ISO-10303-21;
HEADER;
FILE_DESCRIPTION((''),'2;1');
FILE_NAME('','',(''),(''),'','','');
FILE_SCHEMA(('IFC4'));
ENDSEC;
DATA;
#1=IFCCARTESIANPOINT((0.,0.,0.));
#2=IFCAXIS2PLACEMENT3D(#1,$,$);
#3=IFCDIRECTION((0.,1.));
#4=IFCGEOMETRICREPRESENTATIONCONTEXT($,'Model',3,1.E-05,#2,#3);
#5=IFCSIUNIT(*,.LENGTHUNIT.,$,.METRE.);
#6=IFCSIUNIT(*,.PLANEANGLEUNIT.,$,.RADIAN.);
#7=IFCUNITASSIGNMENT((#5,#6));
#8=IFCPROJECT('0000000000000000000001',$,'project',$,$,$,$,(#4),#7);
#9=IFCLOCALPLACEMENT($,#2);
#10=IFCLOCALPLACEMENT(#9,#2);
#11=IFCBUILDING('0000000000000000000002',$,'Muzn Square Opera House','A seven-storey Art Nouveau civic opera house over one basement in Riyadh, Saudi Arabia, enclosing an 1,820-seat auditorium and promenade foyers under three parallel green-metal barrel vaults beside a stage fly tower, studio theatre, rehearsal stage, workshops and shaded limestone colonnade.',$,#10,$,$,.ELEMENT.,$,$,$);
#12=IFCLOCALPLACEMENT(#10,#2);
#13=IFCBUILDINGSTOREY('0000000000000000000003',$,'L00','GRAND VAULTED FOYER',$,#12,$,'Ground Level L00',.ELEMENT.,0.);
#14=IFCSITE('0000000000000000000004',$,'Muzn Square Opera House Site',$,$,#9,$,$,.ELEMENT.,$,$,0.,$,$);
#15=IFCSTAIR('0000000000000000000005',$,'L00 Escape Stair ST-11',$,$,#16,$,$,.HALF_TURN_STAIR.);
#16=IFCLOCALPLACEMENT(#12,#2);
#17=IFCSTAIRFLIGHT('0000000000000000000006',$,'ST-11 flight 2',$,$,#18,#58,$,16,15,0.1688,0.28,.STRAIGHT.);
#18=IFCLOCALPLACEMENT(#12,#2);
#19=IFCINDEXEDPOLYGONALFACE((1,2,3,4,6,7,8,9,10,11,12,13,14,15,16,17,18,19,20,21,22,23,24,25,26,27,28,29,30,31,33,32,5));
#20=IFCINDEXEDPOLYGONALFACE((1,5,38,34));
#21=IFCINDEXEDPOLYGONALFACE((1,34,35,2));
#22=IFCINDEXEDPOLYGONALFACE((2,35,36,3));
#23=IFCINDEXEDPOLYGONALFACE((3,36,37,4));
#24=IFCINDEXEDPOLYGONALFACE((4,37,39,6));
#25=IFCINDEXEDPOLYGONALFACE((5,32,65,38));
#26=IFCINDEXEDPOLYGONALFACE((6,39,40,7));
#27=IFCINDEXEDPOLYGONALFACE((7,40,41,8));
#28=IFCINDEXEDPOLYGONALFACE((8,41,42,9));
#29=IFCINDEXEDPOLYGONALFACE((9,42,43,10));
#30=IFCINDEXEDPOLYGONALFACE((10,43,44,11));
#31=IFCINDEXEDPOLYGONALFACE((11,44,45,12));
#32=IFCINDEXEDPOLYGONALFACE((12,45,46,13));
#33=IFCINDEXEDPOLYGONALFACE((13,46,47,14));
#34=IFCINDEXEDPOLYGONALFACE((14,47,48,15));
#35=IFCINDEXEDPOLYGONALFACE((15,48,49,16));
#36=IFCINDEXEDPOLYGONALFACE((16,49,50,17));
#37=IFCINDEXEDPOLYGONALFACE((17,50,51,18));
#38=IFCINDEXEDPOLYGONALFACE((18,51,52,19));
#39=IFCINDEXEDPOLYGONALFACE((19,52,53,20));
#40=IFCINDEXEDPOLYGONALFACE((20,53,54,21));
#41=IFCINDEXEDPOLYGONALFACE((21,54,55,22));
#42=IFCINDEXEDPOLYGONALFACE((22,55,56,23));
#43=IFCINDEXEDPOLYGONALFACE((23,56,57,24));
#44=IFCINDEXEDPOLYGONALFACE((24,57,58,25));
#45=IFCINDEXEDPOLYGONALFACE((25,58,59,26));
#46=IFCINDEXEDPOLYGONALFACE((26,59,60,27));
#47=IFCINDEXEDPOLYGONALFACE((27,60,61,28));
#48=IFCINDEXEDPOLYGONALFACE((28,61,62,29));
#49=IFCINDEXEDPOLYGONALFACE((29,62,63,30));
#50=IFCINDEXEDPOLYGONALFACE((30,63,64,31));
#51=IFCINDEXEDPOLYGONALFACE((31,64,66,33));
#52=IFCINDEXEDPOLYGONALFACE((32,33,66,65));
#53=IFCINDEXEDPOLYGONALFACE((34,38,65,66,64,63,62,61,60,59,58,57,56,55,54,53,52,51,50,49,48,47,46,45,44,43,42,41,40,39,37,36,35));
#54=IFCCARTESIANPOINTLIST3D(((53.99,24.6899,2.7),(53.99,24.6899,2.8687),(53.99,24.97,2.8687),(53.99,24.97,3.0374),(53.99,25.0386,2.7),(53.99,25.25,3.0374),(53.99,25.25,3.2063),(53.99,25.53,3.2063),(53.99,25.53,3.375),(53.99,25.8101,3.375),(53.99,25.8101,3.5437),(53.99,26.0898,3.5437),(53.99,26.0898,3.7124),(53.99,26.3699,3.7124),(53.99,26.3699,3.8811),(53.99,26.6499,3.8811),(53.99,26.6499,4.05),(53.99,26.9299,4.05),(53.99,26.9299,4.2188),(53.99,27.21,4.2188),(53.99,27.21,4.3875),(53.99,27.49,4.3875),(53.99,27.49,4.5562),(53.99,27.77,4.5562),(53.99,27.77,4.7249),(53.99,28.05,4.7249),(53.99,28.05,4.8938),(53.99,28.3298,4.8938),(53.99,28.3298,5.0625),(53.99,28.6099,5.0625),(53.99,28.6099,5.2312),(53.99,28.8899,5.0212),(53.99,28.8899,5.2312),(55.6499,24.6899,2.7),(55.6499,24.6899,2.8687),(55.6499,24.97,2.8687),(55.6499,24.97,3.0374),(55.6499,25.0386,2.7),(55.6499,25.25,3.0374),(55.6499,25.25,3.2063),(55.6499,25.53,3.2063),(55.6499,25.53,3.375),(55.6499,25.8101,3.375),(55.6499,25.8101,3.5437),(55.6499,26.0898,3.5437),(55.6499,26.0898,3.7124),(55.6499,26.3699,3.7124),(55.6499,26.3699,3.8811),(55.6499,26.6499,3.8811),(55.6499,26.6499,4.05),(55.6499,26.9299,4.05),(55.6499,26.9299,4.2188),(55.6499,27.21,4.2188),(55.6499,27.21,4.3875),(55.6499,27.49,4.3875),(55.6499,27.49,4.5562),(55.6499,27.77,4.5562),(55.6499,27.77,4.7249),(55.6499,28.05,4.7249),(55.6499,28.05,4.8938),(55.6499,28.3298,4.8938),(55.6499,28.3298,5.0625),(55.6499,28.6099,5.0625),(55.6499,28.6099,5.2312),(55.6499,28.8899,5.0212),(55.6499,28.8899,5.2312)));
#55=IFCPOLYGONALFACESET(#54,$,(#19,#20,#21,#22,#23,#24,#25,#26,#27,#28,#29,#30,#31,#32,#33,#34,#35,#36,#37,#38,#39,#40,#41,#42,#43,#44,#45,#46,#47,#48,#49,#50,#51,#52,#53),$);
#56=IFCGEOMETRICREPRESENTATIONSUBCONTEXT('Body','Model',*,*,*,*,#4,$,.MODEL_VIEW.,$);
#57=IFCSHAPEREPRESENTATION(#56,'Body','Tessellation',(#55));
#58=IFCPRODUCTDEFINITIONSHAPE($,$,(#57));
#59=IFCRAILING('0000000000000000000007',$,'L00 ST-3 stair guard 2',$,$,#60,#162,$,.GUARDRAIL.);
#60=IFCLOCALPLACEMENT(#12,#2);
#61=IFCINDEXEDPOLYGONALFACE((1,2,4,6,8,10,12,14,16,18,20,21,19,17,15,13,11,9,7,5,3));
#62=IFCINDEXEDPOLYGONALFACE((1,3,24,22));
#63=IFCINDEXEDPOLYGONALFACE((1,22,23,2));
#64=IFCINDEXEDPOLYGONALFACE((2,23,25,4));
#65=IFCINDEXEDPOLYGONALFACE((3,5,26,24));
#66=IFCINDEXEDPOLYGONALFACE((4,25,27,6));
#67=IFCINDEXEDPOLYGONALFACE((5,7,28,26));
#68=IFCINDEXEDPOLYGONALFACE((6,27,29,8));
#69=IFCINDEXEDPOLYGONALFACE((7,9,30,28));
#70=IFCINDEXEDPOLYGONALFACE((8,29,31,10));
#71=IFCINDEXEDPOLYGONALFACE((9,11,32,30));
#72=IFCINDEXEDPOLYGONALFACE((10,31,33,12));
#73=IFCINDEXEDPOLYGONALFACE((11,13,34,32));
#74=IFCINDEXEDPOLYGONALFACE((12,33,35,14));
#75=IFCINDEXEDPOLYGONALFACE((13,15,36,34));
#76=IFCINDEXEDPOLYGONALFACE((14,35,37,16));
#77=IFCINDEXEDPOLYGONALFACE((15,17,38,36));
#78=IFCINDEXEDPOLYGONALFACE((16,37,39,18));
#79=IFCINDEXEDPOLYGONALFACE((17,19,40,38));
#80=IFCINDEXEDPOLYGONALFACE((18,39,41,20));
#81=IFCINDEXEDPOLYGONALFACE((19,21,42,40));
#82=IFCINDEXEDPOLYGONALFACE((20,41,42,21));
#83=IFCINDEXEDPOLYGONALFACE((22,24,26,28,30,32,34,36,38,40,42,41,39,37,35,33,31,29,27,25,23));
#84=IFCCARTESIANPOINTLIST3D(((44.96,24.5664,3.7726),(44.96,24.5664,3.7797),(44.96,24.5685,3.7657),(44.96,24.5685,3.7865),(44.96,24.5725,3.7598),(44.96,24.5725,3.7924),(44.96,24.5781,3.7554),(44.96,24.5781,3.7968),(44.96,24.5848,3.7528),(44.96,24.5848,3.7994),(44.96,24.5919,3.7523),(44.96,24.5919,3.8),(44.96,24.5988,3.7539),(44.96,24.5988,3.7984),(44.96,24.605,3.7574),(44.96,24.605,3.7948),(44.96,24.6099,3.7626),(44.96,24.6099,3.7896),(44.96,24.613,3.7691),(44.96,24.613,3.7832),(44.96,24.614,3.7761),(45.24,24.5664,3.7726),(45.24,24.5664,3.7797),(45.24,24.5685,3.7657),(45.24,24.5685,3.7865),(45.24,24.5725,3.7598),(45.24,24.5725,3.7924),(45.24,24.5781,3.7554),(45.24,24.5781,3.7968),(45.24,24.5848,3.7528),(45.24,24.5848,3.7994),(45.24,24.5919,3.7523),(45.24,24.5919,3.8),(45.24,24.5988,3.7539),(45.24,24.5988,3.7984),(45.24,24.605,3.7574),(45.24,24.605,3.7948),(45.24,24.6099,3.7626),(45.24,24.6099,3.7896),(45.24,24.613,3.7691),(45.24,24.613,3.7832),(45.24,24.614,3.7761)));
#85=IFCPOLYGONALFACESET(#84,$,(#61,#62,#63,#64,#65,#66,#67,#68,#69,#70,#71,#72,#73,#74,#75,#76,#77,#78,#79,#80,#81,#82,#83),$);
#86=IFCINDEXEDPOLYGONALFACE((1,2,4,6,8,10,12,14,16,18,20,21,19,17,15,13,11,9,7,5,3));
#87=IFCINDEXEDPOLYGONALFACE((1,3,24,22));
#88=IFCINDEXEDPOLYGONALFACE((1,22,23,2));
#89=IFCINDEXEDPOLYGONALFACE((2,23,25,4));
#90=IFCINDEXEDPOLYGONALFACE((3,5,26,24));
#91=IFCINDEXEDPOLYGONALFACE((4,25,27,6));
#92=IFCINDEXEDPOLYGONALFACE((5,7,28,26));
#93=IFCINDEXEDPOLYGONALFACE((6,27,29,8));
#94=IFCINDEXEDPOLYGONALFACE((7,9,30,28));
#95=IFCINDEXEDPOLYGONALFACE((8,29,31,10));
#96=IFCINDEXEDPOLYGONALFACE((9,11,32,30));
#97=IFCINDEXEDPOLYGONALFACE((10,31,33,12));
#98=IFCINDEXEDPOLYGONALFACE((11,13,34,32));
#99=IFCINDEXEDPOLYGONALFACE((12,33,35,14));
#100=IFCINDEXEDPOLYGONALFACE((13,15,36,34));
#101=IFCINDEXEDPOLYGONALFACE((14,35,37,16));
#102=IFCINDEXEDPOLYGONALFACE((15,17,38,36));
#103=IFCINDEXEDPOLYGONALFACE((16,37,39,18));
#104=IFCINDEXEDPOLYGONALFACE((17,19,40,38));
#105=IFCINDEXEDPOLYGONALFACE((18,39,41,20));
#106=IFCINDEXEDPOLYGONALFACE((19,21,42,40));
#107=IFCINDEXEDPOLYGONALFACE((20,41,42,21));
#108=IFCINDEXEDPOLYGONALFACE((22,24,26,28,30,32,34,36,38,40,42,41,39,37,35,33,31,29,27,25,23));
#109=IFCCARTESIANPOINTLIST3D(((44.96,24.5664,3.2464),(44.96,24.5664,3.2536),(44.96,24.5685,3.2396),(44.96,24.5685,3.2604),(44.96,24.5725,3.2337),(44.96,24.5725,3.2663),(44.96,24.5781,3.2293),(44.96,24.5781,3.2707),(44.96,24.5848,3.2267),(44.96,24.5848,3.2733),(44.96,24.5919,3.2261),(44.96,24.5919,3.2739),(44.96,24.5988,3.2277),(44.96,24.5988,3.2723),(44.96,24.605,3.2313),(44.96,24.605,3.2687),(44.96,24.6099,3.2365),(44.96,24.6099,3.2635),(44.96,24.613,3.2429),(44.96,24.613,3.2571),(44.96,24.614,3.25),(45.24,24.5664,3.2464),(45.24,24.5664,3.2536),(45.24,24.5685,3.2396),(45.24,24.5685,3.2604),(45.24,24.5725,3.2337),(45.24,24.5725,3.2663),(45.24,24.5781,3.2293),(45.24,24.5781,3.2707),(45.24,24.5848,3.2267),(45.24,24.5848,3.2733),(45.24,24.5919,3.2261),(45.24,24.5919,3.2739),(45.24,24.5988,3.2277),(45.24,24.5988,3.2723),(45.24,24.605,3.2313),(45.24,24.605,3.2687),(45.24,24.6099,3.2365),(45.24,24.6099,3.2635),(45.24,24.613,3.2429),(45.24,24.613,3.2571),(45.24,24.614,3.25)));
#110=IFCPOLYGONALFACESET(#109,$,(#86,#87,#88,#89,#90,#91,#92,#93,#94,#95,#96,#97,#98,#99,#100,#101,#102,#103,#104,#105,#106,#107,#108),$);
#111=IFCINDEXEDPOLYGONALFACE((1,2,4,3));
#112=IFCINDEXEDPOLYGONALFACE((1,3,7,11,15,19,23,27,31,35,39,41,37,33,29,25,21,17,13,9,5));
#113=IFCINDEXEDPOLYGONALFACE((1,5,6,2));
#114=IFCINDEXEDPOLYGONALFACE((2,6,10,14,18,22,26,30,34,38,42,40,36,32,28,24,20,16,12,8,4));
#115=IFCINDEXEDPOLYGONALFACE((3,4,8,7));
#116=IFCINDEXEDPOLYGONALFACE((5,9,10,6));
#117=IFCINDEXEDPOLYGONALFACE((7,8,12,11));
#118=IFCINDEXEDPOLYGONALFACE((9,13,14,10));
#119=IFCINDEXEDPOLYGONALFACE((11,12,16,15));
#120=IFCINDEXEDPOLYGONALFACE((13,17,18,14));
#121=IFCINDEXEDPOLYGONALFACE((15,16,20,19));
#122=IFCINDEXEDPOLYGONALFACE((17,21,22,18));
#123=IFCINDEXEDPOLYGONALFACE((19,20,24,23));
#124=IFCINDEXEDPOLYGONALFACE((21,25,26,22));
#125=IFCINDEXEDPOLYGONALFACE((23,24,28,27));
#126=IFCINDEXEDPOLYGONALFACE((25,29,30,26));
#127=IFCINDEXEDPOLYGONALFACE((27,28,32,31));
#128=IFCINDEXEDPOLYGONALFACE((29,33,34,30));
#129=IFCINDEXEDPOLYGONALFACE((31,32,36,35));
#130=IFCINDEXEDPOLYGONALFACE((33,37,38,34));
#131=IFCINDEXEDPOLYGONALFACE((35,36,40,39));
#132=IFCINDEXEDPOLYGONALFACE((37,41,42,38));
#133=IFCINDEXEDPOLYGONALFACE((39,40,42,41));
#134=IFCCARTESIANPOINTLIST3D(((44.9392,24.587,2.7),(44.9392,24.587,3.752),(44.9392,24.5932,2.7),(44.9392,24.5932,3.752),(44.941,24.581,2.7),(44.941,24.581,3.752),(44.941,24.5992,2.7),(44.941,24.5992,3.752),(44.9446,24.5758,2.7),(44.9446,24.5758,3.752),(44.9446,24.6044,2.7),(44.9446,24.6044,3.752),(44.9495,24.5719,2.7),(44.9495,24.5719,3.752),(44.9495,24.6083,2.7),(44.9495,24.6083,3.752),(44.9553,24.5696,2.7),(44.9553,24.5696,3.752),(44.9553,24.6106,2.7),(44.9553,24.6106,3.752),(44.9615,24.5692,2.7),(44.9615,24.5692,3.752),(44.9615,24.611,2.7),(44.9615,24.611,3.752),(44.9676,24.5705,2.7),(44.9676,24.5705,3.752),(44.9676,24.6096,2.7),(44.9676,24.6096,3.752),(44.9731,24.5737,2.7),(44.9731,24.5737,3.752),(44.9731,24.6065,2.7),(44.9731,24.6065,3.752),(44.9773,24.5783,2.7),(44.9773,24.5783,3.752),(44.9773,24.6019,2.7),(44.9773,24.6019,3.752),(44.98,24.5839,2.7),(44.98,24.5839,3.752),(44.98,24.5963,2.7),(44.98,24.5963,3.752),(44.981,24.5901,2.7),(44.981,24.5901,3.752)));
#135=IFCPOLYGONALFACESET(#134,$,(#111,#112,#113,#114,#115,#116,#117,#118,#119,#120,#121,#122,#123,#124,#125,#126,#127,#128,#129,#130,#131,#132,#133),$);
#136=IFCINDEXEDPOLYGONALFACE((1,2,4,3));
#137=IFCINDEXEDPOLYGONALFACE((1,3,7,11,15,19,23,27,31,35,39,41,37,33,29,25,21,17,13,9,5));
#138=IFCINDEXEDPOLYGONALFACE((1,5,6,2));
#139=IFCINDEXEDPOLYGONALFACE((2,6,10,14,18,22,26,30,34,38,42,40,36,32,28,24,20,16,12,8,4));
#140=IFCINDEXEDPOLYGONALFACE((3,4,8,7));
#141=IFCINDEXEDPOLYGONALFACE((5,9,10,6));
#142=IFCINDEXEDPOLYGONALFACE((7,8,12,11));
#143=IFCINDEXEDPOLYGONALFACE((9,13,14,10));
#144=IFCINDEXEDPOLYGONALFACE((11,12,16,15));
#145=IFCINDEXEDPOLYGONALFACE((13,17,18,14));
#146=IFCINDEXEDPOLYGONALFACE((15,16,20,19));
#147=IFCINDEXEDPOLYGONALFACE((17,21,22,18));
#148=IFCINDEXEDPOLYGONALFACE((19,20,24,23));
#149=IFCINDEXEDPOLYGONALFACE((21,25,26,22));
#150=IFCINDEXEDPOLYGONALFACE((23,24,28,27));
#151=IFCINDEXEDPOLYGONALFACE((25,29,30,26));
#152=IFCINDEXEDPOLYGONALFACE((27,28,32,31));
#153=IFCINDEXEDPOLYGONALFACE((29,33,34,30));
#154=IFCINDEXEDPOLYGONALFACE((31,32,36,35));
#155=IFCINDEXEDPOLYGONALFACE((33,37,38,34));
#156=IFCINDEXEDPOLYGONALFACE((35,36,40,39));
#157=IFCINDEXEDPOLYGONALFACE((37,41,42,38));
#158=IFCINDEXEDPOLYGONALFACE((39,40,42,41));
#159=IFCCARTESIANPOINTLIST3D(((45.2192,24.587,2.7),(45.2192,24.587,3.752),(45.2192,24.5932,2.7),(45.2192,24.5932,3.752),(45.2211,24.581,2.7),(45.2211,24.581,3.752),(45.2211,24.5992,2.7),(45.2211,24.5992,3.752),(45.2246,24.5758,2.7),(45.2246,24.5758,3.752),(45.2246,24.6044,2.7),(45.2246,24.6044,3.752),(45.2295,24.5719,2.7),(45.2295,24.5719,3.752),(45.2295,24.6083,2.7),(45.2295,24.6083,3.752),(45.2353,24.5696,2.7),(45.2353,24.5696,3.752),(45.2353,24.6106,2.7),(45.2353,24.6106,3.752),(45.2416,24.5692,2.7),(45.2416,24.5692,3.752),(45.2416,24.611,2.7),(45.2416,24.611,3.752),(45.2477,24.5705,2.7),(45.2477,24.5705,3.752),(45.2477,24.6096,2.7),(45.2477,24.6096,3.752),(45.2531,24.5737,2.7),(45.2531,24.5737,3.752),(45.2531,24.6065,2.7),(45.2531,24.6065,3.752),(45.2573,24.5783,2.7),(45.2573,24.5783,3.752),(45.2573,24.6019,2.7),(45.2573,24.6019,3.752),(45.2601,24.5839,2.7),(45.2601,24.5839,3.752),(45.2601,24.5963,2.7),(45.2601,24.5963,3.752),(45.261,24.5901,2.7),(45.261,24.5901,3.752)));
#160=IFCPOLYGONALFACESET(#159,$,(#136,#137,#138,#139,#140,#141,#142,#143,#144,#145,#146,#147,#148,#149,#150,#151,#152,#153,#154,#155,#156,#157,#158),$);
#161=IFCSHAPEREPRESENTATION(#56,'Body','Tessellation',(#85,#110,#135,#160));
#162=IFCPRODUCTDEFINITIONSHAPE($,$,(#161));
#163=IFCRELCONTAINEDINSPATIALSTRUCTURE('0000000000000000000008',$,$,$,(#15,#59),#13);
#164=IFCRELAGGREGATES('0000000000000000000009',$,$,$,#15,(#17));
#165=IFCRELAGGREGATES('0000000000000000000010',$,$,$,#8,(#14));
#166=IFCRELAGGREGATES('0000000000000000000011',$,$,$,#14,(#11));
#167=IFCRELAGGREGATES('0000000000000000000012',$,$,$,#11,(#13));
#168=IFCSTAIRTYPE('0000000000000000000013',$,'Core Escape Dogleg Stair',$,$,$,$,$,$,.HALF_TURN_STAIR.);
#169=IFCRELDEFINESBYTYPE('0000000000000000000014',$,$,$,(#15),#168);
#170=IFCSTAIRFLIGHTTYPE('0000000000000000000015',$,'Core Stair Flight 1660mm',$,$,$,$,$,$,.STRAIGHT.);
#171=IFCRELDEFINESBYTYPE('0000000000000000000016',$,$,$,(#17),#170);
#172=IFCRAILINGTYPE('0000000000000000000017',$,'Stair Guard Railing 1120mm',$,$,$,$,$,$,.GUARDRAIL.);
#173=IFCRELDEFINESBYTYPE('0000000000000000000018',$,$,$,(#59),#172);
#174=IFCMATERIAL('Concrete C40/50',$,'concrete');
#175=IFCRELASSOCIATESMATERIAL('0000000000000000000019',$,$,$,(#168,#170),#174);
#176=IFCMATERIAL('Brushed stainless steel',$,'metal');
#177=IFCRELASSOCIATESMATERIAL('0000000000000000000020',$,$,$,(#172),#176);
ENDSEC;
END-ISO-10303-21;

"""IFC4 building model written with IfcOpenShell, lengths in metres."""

from ifc_helpers import new_model, si_unit, direction, frame, origin, origin_2d, place, context, subcontext, project, spatial, polyline, circle, outline, extrude, material, type_object, element, aggregate, save


model = new_model("IFC4")

# Units and contexts
model_context = context("Model", 3, precision=1e-05, world=origin(), true_north=direction((0.0, 1.0)))
body_context = subcontext(model_context, "Body", "Model", "MODEL_VIEW")
ifc_project = project(units=[si_unit("LENGTHUNIT", "METRE"), si_unit("PLANEANGLEUNIT", "RADIAN")], contexts=[model_context])

# Site, building, storey
site_placement = place(None, origin())
site = spatial("IfcSite", under=ifc_project, at=site_placement, Name="Muzn Square Opera House Site", CompositionType="ELEMENT", RefElevation=0.0)
building_placement = place(site_placement, origin())
building = spatial("IfcBuilding", under=site, at=building_placement, Name="Muzn Square Opera House", Description="A seven-storey Art Nouveau civic opera house over one basement in Riyadh, Saudi Arabia, enclosing an 1,820-seat auditorium and promenade foyers under three parallel green-metal barrel vaults beside a stage fly tower, studio theatre, rehearsal stage, workshops and shaded limestone colonnade.", CompositionType="ELEMENT")
storey_placement = place(building_placement, origin())
storey = spatial("IfcBuildingStorey", under=building, at=storey_placement, Name="L00", Description="GRAND VAULTED FOYER", LongName="Ground Level L00", CompositionType="ELEMENT", Elevation=0.0)

# Shared definitions
ifc_material_1 = material(Name="Concrete C40/50", Category="concrete")

# Shared definitions
ifc_material_2 = material(Name="Brushed stainless steel", Category="metal")

# Stair, stair flight
stair_type = type_object("IfcStairType", Name="Core Escape Dogleg Stair", PredefinedType="HALF_TURN_STAIR", material=ifc_material_1)
stair_flight_type = type_object("IfcStairFlightType", Name="Core Stair Flight 1660mm", PredefinedType="STRAIGHT", material=ifc_material_1)
stair_1_placement = place(storey_placement, origin())
stair_1 = element("IfcStair", 1, at=stair_1_placement, inside=storey, type_object=stair_type, Name="L00 Escape Stair ST-11", PredefinedType="HALF_TURN_STAIR")
stair_flight_1_placement = place(storey_placement, frame((54.8201, 24.6899, 2.7), z_axis=(0.0, 0.0, 1.0), x_axis=(0.0, 1.0, 0.0)))
stair_flight_1 = element("IfcStairFlight", 2, at=stair_flight_1_placement, type_object=stair_flight_type, Name="ST-11 flight 2", NumberOfRisers=16, NumberOfTreads=15, PredefinedType="STRAIGHT", RiserHeight=0.1688, TreadLength=0.28, context=body_context, shape_type="SweptSolid", body=[
    extrude(outline(polyline([(0.0, 0.0), (0.0, 0.1687), (0.28, 0.1687), (0.28, 0.3374), (0.5601, 0.3374), (0.5601, 0.5063), (0.8401, 0.5063), (0.8401, 0.675), (1.1201, 0.675), (1.1201, 0.8438), (1.3999, 0.8438), (1.3999, 1.0125), (1.6799, 1.0125), (1.6799, 1.1812), (1.96, 1.1812), (1.96, 1.3501), (2.24, 1.3501), (2.24, 1.5188), (2.52, 1.5188), (2.52, 1.6875), (2.8, 1.6875), (2.8, 1.8562), (3.0801, 1.8562), (3.0801, 2.0249), (3.3601, 2.0249), (3.3601, 2.1938), (3.6399, 2.1938), (3.6399, 2.3625), (3.9199, 2.3625), (3.9199, 2.5312), (4.2, 2.5312), (4.2, 2.7), (4.2, 2.3213), (0.3486, 0.0), (0.0, 0.0)])), frame((0.0, 0.8301, 0.0), z_axis=(0.0, -1.0, 0.0), x_axis=(1.0, 0.0, 0.0)), (0.0, 0.0, 1.0), 1.6599),
])
aggregate(stair_1, [stair_flight_1])

# Railing
railing_type_1 = type_object("IfcRailingType", Name="Stair Guard Railing 1120mm", PredefinedType="GUARDRAIL", material=ifc_material_2)
railing_1_placement = place(storey_placement, frame((44.96, 24.5901, 2.7)))
element("IfcRailing", 3, at=railing_1_placement, inside=storey, type_object=railing_type_1, Name="L00 ST-3 stair guard 2", PredefinedType="GUARDRAIL", context=body_context, shape_type="SweptSolid", body=[
    extrude(circle(Radius=0.0239, at=origin_2d()), frame((0.0, 0.0, 1.0762), z_axis=(1.0, 0.0, 0.0), x_axis=(0.0, 1.0, 0.0)), (0.0, 0.0, 1.0), 0.28),
    extrude(circle(Radius=0.0239, at=origin_2d()), frame((0.0, 0.0, 0.55), z_axis=(1.0, 0.0, 0.0), x_axis=(0.0, 1.0, 0.0)), (0.0, 0.0, 1.0), 0.28),
    extrude(circle(Radius=0.021, at=origin_2d()), origin(), (0.0, 0.0, 1.0), 1.052),
    extrude(circle(Radius=0.021, at=origin_2d()), frame((0.28, 0.0, 0.0)), (0.0, 0.0, 1.0), 1.052),
])

save(model, "model.ifc")
